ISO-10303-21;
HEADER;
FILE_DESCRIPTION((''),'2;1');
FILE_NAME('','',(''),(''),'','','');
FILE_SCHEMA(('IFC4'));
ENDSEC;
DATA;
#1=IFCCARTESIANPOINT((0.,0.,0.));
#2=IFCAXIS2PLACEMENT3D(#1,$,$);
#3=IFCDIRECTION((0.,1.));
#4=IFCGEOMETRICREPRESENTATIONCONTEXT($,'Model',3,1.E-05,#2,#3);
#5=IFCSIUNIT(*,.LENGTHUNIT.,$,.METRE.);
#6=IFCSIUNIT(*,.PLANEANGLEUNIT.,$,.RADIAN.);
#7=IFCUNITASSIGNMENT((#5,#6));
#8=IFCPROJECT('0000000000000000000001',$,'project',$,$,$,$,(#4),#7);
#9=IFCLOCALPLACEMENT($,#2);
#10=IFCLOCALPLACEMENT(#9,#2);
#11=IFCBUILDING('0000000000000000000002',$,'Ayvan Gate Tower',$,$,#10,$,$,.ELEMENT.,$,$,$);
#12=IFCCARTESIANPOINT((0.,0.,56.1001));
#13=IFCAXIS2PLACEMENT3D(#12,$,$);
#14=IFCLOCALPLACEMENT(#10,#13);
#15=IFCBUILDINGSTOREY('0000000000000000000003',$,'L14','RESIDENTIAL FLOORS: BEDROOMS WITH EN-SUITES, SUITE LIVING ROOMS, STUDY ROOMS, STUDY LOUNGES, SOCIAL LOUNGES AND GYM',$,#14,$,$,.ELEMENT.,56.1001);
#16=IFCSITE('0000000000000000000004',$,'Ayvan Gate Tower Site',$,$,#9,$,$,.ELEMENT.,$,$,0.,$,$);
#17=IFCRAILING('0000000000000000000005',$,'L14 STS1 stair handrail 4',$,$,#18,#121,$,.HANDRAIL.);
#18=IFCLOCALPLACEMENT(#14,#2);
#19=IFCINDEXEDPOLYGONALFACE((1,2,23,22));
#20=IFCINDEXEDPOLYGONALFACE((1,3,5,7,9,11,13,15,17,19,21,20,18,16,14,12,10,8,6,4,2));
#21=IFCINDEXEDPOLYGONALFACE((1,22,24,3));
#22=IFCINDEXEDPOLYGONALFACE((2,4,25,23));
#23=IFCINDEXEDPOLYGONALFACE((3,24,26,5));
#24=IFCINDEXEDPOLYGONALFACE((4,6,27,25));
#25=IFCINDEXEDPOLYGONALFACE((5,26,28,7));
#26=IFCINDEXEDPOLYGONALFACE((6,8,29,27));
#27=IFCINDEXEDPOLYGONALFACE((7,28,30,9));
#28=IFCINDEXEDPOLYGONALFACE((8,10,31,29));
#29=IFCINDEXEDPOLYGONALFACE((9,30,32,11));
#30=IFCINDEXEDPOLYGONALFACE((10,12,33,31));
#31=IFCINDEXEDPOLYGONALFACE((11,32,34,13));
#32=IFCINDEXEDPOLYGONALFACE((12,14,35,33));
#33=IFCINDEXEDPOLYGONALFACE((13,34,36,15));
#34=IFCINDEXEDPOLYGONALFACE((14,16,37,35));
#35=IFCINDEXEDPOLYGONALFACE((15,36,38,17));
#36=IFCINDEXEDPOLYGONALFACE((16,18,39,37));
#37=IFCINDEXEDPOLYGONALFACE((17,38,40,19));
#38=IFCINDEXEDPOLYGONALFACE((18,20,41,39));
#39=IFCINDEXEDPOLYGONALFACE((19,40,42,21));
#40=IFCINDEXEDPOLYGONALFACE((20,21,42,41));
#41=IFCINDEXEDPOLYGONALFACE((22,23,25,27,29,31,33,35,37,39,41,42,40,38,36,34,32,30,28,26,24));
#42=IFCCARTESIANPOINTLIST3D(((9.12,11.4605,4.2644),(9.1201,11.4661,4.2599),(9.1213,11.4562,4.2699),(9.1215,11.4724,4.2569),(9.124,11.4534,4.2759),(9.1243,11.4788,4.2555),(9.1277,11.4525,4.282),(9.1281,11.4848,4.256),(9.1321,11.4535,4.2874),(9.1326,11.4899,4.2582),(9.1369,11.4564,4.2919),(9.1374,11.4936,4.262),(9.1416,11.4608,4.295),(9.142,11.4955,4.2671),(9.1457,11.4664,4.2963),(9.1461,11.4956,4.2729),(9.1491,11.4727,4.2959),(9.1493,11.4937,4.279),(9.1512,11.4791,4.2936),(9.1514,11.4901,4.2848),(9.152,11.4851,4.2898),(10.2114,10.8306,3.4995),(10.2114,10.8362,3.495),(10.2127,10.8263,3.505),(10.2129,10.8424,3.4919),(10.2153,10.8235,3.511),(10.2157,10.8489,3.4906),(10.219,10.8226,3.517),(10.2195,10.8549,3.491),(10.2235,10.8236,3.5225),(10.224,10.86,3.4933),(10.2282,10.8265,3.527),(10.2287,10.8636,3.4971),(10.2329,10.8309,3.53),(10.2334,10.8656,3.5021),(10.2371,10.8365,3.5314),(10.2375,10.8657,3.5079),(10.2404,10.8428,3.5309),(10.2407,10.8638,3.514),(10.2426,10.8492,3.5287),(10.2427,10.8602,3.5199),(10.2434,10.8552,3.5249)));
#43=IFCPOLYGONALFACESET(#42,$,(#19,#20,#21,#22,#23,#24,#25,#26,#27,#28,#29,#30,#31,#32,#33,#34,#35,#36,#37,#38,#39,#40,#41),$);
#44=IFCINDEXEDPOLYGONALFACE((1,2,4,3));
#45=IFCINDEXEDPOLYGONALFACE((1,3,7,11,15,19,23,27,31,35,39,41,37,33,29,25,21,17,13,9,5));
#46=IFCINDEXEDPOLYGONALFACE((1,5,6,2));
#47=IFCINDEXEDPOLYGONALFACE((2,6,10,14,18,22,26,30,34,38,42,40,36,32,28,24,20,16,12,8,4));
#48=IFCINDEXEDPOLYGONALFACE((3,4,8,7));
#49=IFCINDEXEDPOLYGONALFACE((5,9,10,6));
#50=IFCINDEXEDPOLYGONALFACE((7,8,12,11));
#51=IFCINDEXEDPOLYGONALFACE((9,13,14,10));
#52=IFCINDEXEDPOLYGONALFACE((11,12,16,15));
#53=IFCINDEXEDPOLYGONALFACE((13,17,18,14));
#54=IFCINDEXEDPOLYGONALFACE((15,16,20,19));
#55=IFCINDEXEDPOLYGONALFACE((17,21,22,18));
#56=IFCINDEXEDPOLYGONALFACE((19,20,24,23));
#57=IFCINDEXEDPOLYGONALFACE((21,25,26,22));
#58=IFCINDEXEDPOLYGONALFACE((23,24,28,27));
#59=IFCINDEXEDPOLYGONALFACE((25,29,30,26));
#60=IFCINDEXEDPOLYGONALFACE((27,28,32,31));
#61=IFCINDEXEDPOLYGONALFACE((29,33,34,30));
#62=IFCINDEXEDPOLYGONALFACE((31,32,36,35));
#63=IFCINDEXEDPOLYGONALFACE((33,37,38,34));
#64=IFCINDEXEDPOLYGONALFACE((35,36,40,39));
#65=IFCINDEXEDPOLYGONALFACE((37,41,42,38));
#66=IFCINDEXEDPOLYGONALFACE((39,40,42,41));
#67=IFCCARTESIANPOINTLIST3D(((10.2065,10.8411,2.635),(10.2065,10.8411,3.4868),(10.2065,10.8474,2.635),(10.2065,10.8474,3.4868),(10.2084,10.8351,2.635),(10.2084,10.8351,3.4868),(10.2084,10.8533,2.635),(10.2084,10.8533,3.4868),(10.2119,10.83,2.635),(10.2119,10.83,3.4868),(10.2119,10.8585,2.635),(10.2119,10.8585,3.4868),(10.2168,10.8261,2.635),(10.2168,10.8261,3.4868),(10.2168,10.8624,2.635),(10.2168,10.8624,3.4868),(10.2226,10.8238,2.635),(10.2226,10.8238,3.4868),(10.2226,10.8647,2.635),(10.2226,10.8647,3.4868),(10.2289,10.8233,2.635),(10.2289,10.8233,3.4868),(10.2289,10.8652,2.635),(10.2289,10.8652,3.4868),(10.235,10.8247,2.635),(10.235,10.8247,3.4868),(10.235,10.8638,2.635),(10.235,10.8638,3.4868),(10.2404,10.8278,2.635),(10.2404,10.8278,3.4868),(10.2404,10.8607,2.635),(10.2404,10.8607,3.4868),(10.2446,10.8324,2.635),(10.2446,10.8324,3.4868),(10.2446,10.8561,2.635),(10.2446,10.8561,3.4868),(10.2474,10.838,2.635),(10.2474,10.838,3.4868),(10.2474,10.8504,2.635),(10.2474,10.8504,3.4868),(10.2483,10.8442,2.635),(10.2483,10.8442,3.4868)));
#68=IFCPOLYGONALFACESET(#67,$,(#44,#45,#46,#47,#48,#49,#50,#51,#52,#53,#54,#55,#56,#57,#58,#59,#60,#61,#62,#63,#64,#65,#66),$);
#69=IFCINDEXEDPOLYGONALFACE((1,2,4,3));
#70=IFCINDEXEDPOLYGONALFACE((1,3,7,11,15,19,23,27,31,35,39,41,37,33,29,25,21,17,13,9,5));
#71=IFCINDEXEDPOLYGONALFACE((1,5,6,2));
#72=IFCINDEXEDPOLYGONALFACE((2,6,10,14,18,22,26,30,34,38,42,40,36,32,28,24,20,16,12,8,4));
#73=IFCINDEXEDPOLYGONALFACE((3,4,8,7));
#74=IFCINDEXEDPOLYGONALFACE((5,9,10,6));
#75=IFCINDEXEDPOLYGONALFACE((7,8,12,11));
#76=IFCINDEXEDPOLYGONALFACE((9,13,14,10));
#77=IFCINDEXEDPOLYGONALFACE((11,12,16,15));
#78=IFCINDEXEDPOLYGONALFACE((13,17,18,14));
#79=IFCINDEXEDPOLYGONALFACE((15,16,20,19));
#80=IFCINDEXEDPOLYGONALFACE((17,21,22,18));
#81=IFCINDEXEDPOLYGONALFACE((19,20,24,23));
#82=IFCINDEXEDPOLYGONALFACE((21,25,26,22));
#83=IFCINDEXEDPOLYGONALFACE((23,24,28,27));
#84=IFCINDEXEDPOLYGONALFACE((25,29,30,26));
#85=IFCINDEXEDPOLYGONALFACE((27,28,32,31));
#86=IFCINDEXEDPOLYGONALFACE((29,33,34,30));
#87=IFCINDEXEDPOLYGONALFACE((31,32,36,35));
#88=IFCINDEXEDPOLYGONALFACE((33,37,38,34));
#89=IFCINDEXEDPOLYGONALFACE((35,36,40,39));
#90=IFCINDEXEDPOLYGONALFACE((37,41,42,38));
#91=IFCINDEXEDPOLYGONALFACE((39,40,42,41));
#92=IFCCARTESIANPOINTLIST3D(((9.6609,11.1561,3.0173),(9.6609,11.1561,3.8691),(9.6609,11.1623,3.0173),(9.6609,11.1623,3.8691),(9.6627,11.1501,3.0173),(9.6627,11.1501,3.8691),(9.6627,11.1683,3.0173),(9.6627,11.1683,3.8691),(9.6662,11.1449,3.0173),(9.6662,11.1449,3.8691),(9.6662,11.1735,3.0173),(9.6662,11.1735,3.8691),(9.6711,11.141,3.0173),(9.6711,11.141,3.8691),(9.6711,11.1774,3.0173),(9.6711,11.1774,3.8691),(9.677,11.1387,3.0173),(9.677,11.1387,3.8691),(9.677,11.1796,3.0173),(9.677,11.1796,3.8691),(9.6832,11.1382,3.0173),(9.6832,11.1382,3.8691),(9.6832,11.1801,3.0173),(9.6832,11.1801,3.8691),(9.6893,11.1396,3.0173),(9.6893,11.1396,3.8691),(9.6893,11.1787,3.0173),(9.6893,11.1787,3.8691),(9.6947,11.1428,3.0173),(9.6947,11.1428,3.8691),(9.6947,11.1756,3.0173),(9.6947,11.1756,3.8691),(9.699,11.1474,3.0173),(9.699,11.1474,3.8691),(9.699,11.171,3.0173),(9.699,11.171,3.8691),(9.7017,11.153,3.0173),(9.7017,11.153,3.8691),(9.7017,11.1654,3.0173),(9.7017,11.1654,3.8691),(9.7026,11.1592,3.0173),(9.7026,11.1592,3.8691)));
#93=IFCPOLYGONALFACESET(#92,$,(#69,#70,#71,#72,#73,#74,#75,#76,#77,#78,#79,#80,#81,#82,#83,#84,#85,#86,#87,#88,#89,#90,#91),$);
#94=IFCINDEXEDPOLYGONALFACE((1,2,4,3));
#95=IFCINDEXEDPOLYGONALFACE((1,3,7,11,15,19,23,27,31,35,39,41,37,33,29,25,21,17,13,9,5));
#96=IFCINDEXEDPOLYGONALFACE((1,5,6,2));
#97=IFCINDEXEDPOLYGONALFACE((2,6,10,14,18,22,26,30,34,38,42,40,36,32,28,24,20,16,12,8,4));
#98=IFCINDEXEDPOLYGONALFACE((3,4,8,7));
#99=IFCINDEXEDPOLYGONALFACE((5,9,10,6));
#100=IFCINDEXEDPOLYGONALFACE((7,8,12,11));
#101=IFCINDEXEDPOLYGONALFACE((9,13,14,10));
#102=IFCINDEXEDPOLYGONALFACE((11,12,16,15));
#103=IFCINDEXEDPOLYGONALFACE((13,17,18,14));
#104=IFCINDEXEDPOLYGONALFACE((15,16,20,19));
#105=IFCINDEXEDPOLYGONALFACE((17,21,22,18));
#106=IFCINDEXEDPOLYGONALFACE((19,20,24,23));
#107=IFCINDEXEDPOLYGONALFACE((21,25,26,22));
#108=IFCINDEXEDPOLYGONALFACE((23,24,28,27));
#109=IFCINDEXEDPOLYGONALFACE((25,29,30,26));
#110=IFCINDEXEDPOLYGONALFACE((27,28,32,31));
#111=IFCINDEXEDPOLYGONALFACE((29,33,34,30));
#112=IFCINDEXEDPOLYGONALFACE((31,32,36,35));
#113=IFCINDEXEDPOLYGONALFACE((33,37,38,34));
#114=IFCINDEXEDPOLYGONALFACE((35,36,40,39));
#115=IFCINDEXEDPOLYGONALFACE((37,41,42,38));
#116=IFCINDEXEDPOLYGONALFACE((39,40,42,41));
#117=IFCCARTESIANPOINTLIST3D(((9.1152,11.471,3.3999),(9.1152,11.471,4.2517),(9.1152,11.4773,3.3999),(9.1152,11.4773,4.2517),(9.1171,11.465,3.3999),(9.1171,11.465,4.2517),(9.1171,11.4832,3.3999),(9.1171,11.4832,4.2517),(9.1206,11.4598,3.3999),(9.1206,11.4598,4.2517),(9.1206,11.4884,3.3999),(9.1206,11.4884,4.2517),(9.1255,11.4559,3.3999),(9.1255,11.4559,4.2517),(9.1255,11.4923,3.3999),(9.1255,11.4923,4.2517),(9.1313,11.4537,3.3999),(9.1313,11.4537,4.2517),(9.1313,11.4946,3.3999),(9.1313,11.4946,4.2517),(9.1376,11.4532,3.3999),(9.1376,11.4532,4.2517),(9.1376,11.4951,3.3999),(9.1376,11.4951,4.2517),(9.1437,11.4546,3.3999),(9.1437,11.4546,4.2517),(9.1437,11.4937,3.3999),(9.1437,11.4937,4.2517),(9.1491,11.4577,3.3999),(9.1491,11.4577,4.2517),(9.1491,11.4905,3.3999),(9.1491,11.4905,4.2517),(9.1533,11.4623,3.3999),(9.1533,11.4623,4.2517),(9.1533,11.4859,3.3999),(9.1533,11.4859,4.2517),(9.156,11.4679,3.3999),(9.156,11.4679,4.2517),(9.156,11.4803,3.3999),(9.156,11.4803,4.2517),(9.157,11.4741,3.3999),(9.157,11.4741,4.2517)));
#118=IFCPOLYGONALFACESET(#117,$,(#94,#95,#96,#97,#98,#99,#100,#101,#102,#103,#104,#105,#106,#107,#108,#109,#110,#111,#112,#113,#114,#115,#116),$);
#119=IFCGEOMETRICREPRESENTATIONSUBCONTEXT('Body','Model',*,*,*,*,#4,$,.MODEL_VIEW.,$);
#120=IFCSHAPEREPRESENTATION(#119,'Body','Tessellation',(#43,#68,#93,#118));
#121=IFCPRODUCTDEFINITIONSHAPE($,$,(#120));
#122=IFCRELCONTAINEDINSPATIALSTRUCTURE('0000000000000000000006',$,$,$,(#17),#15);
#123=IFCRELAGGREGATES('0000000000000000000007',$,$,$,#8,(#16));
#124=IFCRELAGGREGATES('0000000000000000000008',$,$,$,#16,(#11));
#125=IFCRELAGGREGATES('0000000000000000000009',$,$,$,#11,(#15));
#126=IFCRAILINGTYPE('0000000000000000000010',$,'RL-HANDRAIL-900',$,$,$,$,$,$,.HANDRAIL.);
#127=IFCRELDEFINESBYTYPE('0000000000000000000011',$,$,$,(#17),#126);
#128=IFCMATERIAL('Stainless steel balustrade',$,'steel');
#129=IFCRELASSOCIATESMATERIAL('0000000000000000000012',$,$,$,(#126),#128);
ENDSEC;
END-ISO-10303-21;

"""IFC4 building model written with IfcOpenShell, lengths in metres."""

from ifc_helpers import new_model, si_unit, direction, frame, origin, origin_2d, place, context, subcontext, project, spatial, circle, extrude, material, type_object, element, save


model = new_model("IFC4")

# Units and contexts
model_context = context("Model", 3, precision=1e-05, world=origin(), true_north=direction((0.0, 1.0)))
body_context = subcontext(model_context, "Body", "Model", "MODEL_VIEW")
ifc_project = project(units=[si_unit("LENGTHUNIT", "METRE"), si_unit("PLANEANGLEUNIT", "RADIAN")], contexts=[model_context])

# Site, building, storey
site_placement = place(None, origin())
site = spatial("IfcSite", under=ifc_project, at=site_placement, Name="Ayvan Gate Tower Site", CompositionType="ELEMENT", RefElevation=0.0)
building_placement = place(site_placement, origin())
building = spatial("IfcBuilding", under=site, at=building_placement, Name="Ayvan Gate Tower", CompositionType="ELEMENT")
storey_placement = place(building_placement, frame((0.0, 0.0, 56.1001)))
storey = spatial("IfcBuildingStorey", under=building, at=storey_placement, Name="L14", Description="RESIDENTIAL FLOORS: BEDROOMS WITH EN-SUITES, SUITE LIVING ROOMS, STUDY ROOMS, STUDY LOUNGES, SOCIAL LOUNGES AND GYM", CompositionType="ELEMENT", Elevation=56.1001)

# Railing
ifc_material_1 = material(Name="Stainless steel balustrade", Category="steel")
railing_type_1 = type_object("IfcRailingType", Name="RL-HANDRAIL-900", PredefinedType="HANDRAIL", material=ifc_material_1)
railing_1_placement = place(storey_placement, frame((10.2273, 10.8442, 2.635)))
element("IfcRailing", 1, at=railing_1_placement, inside=storey, type_object=railing_type_1, Name="L14 STS1 stair handrail 4", PredefinedType="HANDRAIL", context=body_context, shape_type="SweptSolid", body=[
    extrude(circle(Radius=0.0239, at=origin_2d()), frame((0.0, 0.0, 0.876), z_axis=(-0.740357, 0.42732, 0.518912), x_axis=(-0.49989, -0.866089, 0.0)), (0.0, 0.0, 1.0), 1.4741),
    extrude(circle(Radius=0.021, at=origin_2d()), origin(), (0.0, 0.0, 1.0), 0.8518),
    extrude(circle(Radius=0.021, at=origin_2d()), frame((-0.5457, 0.3149, 0.3823)), (0.0, 0.0, 1.0), 0.8518),
    extrude(circle(Radius=0.021, at=origin_2d()), frame((-1.0913, 0.6299, 0.7649)), (0.0, 0.0, 1.0), 0.8518),
])

save(model, "model.ifc")
